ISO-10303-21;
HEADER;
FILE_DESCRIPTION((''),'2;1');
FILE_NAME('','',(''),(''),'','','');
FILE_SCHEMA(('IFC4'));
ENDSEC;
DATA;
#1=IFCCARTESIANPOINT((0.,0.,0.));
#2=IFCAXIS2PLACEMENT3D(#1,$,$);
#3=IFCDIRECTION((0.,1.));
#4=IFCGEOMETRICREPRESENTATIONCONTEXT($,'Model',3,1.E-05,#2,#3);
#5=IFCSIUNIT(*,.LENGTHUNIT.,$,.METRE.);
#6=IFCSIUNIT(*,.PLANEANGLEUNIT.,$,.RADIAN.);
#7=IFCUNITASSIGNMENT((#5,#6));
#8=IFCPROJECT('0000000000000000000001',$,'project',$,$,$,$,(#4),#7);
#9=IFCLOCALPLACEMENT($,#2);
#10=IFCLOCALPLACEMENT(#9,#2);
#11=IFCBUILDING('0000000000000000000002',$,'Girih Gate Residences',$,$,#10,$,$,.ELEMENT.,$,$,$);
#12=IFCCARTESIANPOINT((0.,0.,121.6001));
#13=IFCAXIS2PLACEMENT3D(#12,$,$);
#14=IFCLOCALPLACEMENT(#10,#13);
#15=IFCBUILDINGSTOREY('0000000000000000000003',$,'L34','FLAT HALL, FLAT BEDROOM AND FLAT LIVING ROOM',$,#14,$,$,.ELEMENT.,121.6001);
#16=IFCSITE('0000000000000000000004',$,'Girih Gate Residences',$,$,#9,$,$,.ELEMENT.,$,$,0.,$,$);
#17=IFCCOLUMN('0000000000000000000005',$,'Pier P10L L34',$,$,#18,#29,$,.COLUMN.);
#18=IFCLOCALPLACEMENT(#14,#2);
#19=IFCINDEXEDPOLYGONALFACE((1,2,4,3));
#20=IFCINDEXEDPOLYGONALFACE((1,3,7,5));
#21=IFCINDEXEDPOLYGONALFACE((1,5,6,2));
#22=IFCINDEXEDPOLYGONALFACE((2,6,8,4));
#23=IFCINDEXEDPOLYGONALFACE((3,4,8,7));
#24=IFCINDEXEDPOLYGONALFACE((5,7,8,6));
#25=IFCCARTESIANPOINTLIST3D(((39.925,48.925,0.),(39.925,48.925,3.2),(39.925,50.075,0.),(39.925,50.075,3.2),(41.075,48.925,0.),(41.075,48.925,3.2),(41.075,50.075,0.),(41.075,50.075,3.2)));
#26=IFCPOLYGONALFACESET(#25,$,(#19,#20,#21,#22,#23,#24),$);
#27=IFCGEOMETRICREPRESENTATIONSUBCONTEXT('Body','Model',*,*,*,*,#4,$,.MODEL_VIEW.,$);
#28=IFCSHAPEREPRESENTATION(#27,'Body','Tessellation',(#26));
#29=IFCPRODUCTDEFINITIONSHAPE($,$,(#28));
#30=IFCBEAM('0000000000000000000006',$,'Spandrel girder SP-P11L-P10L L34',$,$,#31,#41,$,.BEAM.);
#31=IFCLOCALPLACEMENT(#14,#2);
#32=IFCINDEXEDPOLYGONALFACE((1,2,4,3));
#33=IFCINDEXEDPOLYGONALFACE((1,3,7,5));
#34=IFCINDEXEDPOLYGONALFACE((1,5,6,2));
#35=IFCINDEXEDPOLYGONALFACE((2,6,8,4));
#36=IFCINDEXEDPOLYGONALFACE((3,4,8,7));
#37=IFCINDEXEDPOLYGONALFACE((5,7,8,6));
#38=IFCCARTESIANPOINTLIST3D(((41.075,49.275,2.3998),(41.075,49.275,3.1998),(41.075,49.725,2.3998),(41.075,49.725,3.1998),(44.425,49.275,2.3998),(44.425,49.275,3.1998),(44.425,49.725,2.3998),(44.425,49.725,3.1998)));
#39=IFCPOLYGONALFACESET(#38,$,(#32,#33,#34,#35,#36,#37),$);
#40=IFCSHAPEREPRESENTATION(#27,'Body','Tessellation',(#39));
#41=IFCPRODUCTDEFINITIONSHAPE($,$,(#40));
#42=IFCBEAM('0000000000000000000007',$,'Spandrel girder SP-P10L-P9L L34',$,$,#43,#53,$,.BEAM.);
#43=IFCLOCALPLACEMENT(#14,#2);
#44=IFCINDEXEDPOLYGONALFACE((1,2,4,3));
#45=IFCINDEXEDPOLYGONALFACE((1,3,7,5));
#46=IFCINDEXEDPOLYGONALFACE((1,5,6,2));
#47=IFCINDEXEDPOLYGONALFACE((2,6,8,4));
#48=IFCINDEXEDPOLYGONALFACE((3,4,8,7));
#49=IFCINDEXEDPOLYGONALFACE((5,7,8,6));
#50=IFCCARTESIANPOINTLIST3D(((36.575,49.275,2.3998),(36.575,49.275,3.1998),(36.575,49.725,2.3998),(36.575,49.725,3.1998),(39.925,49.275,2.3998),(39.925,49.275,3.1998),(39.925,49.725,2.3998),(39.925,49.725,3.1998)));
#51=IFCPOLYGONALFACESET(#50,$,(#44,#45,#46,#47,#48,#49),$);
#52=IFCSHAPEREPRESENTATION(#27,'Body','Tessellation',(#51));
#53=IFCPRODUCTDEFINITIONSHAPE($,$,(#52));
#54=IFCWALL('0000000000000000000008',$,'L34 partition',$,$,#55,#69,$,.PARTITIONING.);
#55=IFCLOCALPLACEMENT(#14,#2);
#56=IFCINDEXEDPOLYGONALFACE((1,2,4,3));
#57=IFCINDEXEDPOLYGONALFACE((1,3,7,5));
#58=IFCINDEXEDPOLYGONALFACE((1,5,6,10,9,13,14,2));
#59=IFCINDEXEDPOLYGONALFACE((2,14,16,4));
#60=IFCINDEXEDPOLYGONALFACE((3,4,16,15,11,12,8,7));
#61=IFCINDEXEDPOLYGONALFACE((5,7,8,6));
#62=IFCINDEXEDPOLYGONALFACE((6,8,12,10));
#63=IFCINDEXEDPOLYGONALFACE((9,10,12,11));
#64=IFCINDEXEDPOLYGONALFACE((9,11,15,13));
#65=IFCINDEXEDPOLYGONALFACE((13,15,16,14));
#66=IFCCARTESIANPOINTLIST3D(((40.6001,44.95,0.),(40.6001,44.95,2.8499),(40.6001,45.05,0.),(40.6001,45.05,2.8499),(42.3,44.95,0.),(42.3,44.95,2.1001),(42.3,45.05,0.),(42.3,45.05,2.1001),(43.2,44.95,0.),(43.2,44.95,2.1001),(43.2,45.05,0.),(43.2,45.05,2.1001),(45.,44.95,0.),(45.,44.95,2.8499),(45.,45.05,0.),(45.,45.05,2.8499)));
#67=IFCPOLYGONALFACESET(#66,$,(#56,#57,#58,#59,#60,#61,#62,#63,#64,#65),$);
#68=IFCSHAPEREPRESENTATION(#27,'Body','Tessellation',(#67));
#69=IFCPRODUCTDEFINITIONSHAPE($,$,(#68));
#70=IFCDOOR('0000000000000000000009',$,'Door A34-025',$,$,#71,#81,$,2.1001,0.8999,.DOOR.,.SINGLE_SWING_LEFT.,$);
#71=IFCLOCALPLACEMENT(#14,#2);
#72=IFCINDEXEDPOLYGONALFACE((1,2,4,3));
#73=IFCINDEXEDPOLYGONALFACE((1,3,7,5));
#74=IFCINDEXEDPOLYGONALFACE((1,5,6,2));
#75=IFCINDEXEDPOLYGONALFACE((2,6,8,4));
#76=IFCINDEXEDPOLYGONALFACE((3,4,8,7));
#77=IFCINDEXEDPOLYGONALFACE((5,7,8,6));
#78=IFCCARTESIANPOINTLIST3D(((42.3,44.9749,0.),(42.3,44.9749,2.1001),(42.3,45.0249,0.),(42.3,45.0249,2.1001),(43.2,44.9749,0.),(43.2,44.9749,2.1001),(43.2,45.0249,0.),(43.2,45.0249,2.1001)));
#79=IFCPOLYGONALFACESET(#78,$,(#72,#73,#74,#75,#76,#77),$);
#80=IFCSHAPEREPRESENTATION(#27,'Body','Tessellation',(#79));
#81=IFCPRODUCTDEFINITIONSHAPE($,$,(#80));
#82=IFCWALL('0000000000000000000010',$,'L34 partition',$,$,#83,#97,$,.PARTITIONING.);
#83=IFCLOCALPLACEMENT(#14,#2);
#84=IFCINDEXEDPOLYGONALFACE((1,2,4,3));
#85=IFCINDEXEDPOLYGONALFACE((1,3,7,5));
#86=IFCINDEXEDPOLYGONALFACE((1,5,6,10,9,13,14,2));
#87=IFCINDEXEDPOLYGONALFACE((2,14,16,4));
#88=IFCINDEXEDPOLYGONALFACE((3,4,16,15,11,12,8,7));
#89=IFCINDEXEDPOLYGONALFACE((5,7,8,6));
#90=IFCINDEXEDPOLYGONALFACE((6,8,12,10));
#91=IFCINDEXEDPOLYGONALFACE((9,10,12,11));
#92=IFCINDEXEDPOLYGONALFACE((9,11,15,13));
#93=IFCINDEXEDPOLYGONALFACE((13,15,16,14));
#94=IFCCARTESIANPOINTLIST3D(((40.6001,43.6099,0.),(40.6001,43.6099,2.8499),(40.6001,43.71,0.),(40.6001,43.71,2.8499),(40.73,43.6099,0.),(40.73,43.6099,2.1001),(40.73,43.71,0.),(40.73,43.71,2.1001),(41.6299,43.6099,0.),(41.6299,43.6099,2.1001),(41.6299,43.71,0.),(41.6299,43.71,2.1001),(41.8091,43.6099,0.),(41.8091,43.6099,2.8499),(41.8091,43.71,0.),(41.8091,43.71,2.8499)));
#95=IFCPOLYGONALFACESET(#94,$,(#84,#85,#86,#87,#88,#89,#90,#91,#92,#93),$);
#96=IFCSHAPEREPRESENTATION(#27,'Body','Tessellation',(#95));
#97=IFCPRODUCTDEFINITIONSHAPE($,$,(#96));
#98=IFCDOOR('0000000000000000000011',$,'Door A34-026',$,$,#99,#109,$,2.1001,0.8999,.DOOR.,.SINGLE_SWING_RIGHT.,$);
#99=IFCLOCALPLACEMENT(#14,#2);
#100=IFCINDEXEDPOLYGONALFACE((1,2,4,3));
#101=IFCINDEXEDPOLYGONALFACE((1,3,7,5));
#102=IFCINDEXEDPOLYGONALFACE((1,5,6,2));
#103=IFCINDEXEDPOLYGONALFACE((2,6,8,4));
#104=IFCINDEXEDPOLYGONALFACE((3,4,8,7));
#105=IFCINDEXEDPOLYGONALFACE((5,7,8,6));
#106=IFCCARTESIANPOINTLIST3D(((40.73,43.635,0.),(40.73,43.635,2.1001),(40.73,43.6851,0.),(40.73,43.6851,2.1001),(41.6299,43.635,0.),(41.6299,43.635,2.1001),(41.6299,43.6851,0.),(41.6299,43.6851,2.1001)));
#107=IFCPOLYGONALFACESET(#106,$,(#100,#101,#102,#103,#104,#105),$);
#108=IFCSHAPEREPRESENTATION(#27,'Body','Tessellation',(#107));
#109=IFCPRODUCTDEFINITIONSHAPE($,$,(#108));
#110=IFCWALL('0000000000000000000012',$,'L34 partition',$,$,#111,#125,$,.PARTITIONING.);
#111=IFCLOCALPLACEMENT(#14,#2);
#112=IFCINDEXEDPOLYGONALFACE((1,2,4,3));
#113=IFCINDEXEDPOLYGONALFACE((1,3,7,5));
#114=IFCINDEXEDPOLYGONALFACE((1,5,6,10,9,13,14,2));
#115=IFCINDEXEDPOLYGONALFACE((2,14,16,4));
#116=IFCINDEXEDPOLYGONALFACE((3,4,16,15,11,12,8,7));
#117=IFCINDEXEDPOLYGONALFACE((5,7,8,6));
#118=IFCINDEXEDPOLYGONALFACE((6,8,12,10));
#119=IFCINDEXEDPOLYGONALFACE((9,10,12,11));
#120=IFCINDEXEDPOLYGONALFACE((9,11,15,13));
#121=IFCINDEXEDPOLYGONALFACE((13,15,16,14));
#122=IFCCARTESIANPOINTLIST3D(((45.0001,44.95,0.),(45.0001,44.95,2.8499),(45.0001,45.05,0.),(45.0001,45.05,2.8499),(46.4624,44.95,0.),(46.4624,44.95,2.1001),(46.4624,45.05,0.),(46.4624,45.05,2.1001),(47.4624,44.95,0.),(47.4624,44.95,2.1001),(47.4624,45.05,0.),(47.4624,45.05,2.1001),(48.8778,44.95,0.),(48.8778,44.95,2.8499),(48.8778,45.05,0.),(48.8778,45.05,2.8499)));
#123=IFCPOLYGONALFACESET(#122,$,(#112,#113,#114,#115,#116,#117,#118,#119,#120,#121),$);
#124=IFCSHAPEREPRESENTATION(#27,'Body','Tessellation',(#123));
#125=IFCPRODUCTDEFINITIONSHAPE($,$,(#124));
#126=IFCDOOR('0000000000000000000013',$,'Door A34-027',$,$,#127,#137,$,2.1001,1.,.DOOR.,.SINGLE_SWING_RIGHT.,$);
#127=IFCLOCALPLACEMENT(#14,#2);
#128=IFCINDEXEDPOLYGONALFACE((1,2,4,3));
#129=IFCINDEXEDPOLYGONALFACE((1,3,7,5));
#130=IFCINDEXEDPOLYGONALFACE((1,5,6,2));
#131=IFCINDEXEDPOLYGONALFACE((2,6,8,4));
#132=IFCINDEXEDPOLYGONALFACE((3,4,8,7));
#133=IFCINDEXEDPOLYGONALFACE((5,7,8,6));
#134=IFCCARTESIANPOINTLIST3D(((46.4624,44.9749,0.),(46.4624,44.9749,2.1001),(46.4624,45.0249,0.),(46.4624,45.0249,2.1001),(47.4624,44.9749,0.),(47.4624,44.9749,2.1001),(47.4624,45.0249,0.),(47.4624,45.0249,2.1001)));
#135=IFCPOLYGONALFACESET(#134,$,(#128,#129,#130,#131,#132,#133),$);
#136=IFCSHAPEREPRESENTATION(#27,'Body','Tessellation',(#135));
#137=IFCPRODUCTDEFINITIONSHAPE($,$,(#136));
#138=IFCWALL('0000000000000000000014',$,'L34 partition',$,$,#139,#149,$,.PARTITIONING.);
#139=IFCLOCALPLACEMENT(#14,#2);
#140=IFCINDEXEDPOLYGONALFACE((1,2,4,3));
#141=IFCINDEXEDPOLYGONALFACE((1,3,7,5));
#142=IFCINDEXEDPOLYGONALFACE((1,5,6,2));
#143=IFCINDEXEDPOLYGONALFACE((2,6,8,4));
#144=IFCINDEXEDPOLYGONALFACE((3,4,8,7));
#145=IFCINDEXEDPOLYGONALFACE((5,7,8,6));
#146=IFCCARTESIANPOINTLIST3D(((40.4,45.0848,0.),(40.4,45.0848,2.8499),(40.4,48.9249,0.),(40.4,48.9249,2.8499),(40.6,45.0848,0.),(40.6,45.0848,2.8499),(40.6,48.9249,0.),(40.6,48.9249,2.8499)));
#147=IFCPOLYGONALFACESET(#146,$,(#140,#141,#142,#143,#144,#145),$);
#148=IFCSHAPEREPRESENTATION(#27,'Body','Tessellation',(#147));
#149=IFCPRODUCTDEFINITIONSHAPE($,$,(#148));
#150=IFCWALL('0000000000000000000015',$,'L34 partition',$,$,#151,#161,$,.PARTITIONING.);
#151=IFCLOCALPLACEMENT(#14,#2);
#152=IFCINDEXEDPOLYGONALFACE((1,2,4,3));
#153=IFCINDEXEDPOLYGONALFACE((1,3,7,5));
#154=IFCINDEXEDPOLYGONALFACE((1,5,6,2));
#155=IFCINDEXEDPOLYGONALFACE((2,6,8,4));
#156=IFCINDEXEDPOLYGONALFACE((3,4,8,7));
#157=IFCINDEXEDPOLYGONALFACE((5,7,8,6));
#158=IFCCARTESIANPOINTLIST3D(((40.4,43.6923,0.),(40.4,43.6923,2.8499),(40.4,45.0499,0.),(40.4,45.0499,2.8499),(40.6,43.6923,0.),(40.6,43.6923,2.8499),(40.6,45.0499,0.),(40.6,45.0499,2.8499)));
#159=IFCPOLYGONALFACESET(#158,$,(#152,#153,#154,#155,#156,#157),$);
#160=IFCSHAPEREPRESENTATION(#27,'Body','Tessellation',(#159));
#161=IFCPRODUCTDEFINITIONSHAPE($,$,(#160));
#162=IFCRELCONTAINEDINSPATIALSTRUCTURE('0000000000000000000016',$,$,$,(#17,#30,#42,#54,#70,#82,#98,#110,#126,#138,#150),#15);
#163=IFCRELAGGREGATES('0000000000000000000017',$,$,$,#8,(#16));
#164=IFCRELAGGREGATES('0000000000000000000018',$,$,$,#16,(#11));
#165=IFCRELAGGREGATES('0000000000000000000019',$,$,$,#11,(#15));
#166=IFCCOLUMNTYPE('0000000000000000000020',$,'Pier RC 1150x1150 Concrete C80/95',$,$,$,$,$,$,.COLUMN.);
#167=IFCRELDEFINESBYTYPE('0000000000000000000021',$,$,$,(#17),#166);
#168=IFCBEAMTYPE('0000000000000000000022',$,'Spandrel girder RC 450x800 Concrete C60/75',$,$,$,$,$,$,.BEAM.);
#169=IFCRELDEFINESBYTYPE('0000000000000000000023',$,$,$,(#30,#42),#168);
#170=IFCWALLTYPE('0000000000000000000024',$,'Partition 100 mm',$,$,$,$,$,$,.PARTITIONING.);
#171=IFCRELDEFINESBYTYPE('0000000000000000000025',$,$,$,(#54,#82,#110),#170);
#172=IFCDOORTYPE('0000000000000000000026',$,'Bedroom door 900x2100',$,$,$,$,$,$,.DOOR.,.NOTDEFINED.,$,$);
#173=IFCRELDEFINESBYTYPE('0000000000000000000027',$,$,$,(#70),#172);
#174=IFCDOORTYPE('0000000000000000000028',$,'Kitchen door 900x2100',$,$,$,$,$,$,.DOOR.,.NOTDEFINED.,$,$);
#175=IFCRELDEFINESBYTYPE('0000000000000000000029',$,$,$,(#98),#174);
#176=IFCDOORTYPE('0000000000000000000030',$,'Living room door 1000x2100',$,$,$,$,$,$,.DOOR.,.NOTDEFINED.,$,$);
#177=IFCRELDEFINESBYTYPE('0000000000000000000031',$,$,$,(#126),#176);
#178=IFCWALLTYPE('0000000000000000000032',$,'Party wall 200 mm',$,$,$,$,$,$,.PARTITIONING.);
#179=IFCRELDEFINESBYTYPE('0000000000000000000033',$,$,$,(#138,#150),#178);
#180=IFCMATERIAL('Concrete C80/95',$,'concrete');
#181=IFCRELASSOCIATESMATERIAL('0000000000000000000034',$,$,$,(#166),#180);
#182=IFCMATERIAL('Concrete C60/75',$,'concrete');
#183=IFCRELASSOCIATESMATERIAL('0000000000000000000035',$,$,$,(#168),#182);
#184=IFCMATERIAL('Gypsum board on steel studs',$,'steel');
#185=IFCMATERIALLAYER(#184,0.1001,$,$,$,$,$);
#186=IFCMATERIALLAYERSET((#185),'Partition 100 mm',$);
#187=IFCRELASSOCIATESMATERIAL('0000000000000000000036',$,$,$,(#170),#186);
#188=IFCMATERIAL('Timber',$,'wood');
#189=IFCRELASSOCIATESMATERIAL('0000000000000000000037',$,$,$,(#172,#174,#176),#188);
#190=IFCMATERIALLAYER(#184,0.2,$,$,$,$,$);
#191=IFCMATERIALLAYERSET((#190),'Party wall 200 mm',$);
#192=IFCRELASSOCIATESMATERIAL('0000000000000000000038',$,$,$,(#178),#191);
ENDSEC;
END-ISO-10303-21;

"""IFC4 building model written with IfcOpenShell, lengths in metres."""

from ifc_helpers import new_model, si_unit, direction, frame, frame_2d, origin, origin_2d, place, context, subcontext, project, spatial, rectangle, extrude, material, layer, layer_set, material_profile, profile_set, type_object, element, fill, save


model = new_model("IFC4")

# Units and contexts
model_context = context("Model", 3, precision=1e-05, world=origin(), true_north=direction((0.0, 1.0)))
body_context = subcontext(model_context, "Body", "Model", "MODEL_VIEW")
ifc_project = project(units=[si_unit("LENGTHUNIT", "METRE"), si_unit("PLANEANGLEUNIT", "RADIAN")], contexts=[model_context])

# Site, building, storey
site_placement = place(None, origin())
site = spatial("IfcSite", under=ifc_project, at=site_placement, Name="Girih Gate Residences", CompositionType="ELEMENT", RefElevation=0.0)
building_placement = place(site_placement, origin())
building = spatial("IfcBuilding", under=site, at=building_placement, Name="Girih Gate Residences", CompositionType="ELEMENT")
storey_placement = place(building_placement, frame((0.0, 0.0, 121.6001)))
storey = spatial("IfcBuildingStorey", under=building, at=storey_placement, Name="L34", Description="FLAT HALL, FLAT BEDROOM AND FLAT LIVING ROOM", CompositionType="ELEMENT", Elevation=121.6001)

# Column
ifc_material_1 = material(Name="Concrete C80/95", Category="concrete")
ifc_material_profile_1 = material_profile(ifc_material_1, rectangle(XDim=1.1499, YDim=1.1499, at=origin_2d()))
ifc_profile_set_1 = profile_set([ifc_material_profile_1], Name="Concrete C80/95")
column_type = type_object("IfcColumnType", Name="Pier RC 1150x1150 Concrete C80/95", PredefinedType="COLUMN", material=ifc_profile_set_1)
column_placement = place(storey_placement, frame((40.5, 49.5, 0.0), z_axis=(0.0, 0.0, 1.0), x_axis=(1.0, 0.0, 0.0)))
element("IfcColumn", 1, at=column_placement, inside=storey, type_object=column_type, Name="Pier P10L L34", PredefinedType="COLUMN", context=body_context, shape_type="SweptSolid", body=[
    extrude(rectangle(XDim=1.1499, YDim=1.1499, at=origin_2d()), origin(), (0.0, 0.0, 1.0), 3.2),
])

# Beams
ifc_material_2 = material(Name="Concrete C60/75", Category="concrete")
ifc_material_profile_2 = material_profile(ifc_material_2, rectangle(XDim=0.45, YDim=0.8, at=origin_2d()))
ifc_profile_set_2 = profile_set([ifc_material_profile_2], Name="Concrete C60/75")
beam_type = type_object("IfcBeamType", Name="Spandrel girder RC 450x800 Concrete C60/75", PredefinedType="BEAM", material=ifc_profile_set_2)
for number, where, z_axis, x_axis, name in (
    (2, (44.425, 49.5, 2.7998), (-1.0, 0.0, 0.0), (0.0, -1.0, 0.0), "Spandrel girder SP-P11L-P10L L34"),
    (3, (39.925, 49.5, 2.7998), (-1.0, 0.0, 0.0), (0.0, -1.0, 0.0), "Spandrel girder SP-P10L-P9L L34"),
):
    element("IfcBeam", number, at=place(storey_placement, frame(where, z_axis=z_axis, x_axis=x_axis)), inside=storey, type_object=beam_type, Name=name, PredefinedType="BEAM", context=body_context, shape_type="SweptSolid", body=[
        extrude(rectangle(XDim=0.45, YDim=0.8, at=origin_2d()), origin(), (0.0, 0.0, 1.0), 3.3501),
    ])

# Walls, openings, doors
ifc_material_3 = material(Name="Gypsum board on steel studs", Category="steel")
ifc_layer_1 = layer(ifc_material_3, 0.1001)
ifc_layer_set_1 = layer_set([ifc_layer_1], Name="Partition 100 mm")
wall_type_1 = type_object("IfcWallType", Name="Partition 100 mm", PredefinedType="PARTITIONING", material=ifc_layer_set_1)
wall_1_placement = place(storey_placement, frame((40.6001, 45.0, 0.0), z_axis=(0.0, 0.0, 1.0), x_axis=(1.0, 0.0, 0.0)))
wall_1 = element("IfcWall", 4, at=wall_1_placement, inside=storey, type_object=wall_type_1, Name="L34 partition", PredefinedType="PARTITIONING", context=body_context, shape_type="SweptSolid", body=[
    extrude(rectangle(XDim=4.3999, YDim=0.1001, at=frame_2d((2.2, 0.0))), origin(), (0.0, 0.0, 1.0), 2.8499),
])
opening_1_placement = place(wall_1_placement, frame((1.7, 0.0, 0.0)))
opening_1 = element("IfcOpeningElement", 5, at=opening_1_placement, cuts=wall_1, PredefinedType="OPENING", context=body_context, shape_type="SweptSolid", body=[
    extrude(rectangle(XDim=0.8999, YDim=2.1001, at=frame_2d((0.45, 1.05))), frame((0.0, 0.0601, 0.0), z_axis=(0.0, -1.0, 0.0), x_axis=(1.0, 0.0, 0.0)), (0.0, 0.0, 1.0), 0.1201),
])
ifc_material_4 = material(Name="Timber", Category="wood")
door_type_1 = type_object("IfcDoorType", Name="Bedroom door 900x2100", OperationType="NOTDEFINED", PredefinedType="DOOR", material=ifc_material_4)
door_1_placement = place(opening_1_placement, origin())
door_1 = element("IfcDoor", 6, at=door_1_placement, inside=storey, type_object=door_type_1, Name="Door A34-025", OperationType="SINGLE_SWING_LEFT", OverallHeight=2.1001, OverallWidth=0.8999, PredefinedType="DOOR", context=body_context, shape_type="SweptSolid", body=[
    extrude(rectangle(XDim=0.8999, YDim=2.1001, at=frame_2d((0.45, 1.05))), frame((0.0, 0.0249, 0.0), z_axis=(0.0, -1.0, 0.0), x_axis=(1.0, 0.0, 0.0)), (0.0, 0.0, 1.0), 0.05),
])
fill(opening_1, door_1)
wall_2_placement = place(storey_placement, frame((41.8091, 43.6599, 0.0), z_axis=(0.0, 0.0, 1.0), x_axis=(-1.0, 0.0, 0.0)))
wall_2 = element("IfcWall", 7, at=wall_2_placement, inside=storey, type_object=wall_type_1, Name="L34 partition", PredefinedType="PARTITIONING", context=body_context, shape_type="SweptSolid", body=[
    extrude(rectangle(XDim=1.209, YDim=0.1001, at=frame_2d((0.6045, 0.0))), origin(), (0.0, 0.0, 1.0), 2.8499),
])
opening_2_placement = place(wall_2_placement, frame((0.1792, 0.0, 0.0)))
opening_2 = element("IfcOpeningElement", 8, at=opening_2_placement, cuts=wall_2, PredefinedType="OPENING", context=body_context, shape_type="SweptSolid", body=[
    extrude(rectangle(XDim=0.8999, YDim=2.1001, at=frame_2d((0.45, 1.05))), frame((0.0, 0.0601, 0.0), z_axis=(0.0, -1.0, 0.0), x_axis=(1.0, 0.0, 0.0)), (0.0, 0.0, 1.0), 0.1201),
])
door_type_2 = type_object("IfcDoorType", Name="Kitchen door 900x2100", OperationType="NOTDEFINED", PredefinedType="DOOR", material=ifc_material_4)
door_2_placement = place(opening_2_placement, origin())
door_2 = element("IfcDoor", 9, at=door_2_placement, inside=storey, type_object=door_type_2, Name="Door A34-026", OperationType="SINGLE_SWING_RIGHT", OverallHeight=2.1001, OverallWidth=0.8999, PredefinedType="DOOR", context=body_context, shape_type="SweptSolid", body=[
    extrude(rectangle(XDim=0.8999, YDim=2.1001, at=frame_2d((0.45, 1.05))), frame((0.0, 0.0249, 0.0), z_axis=(0.0, -1.0, 0.0), x_axis=(1.0, 0.0, 0.0)), (0.0, 0.0, 1.0), 0.05),
])
fill(opening_2, door_2)
wall_3_placement = place(storey_placement, frame((45.0, 45.0, 0.0), z_axis=(0.0, 0.0, 1.0), x_axis=(1.0, 0.0, 0.0)))
wall_3 = element("IfcWall", 10, at=wall_3_placement, inside=storey, type_object=wall_type_1, Name="L34 partition", PredefinedType="PARTITIONING", context=body_context, shape_type="SweptSolid", body=[
    extrude(rectangle(XDim=3.8777, YDim=0.1001, at=frame_2d((1.939, 0.0))), origin(), (0.0, 0.0, 1.0), 2.8499),
])
opening_3_placement = place(wall_3_placement, frame((1.4624, 0.0, 0.0)))
opening_3 = element("IfcOpeningElement", 11, at=opening_3_placement, cuts=wall_3, PredefinedType="OPENING", context=body_context, shape_type="SweptSolid", body=[
    extrude(rectangle(XDim=1.0, YDim=2.1001, at=frame_2d((0.5, 1.05))), frame((0.0, 0.0601, 0.0), z_axis=(0.0, -1.0, 0.0), x_axis=(1.0, 0.0, 0.0)), (0.0, 0.0, 1.0), 0.1201),
])
door_type_3 = type_object("IfcDoorType", Name="Living room door 1000x2100", OperationType="NOTDEFINED", PredefinedType="DOOR", material=ifc_material_4)
door_3_placement = place(opening_3_placement, origin())
door_3 = element("IfcDoor", 12, at=door_3_placement, inside=storey, type_object=door_type_3, Name="Door A34-027", OperationType="SINGLE_SWING_RIGHT", OverallHeight=2.1001, OverallWidth=1.0, PredefinedType="DOOR", context=body_context, shape_type="SweptSolid", body=[
    extrude(rectangle(XDim=1.0, YDim=2.1001, at=frame_2d((0.5, 1.05))), frame((0.0, 0.0249, 0.0), z_axis=(0.0, -1.0, 0.0), x_axis=(1.0, 0.0, 0.0)), (0.0, 0.0, 1.0), 0.05),
])
fill(opening_3, door_3)

# Walls
ifc_layer_2 = layer(ifc_material_3, 0.2)
ifc_layer_set_2 = layer_set([ifc_layer_2], Name="Party wall 200 mm")
wall_type_2 = type_object("IfcWallType", Name="Party wall 200 mm", PredefinedType="PARTITIONING", material=ifc_layer_set_2)
wall_4_placement = place(storey_placement, frame((40.5, 45.085, 0.0), z_axis=(0.0, 0.0, 1.0), x_axis=(0.0, 1.0, 0.0)))
element("IfcWall", 13, at=wall_4_placement, inside=storey, type_object=wall_type_2, Name="L34 partition", PredefinedType="PARTITIONING", context=body_context, shape_type="SweptSolid", body=[
    extrude(rectangle(XDim=3.8401, YDim=0.2, at=frame_2d((1.9199, 0.0))), origin(), (0.0, 0.0, 1.0), 2.8499),
])
wall_5_placement = place(storey_placement, frame((40.5, 43.6924, 0.0), z_axis=(0.0, 0.0, 1.0), x_axis=(0.0, 1.0, 0.0)))
element("IfcWall", 14, at=wall_5_placement, inside=storey, type_object=wall_type_2, Name="L34 partition", PredefinedType="PARTITIONING", context=body_context, shape_type="SweptSolid", body=[
    extrude(rectangle(XDim=1.3577, YDim=0.2, at=frame_2d((0.6787, 0.0))), origin(), (0.0, 0.0, 1.0), 2.8499),
])

save(model, "model.ifc")
